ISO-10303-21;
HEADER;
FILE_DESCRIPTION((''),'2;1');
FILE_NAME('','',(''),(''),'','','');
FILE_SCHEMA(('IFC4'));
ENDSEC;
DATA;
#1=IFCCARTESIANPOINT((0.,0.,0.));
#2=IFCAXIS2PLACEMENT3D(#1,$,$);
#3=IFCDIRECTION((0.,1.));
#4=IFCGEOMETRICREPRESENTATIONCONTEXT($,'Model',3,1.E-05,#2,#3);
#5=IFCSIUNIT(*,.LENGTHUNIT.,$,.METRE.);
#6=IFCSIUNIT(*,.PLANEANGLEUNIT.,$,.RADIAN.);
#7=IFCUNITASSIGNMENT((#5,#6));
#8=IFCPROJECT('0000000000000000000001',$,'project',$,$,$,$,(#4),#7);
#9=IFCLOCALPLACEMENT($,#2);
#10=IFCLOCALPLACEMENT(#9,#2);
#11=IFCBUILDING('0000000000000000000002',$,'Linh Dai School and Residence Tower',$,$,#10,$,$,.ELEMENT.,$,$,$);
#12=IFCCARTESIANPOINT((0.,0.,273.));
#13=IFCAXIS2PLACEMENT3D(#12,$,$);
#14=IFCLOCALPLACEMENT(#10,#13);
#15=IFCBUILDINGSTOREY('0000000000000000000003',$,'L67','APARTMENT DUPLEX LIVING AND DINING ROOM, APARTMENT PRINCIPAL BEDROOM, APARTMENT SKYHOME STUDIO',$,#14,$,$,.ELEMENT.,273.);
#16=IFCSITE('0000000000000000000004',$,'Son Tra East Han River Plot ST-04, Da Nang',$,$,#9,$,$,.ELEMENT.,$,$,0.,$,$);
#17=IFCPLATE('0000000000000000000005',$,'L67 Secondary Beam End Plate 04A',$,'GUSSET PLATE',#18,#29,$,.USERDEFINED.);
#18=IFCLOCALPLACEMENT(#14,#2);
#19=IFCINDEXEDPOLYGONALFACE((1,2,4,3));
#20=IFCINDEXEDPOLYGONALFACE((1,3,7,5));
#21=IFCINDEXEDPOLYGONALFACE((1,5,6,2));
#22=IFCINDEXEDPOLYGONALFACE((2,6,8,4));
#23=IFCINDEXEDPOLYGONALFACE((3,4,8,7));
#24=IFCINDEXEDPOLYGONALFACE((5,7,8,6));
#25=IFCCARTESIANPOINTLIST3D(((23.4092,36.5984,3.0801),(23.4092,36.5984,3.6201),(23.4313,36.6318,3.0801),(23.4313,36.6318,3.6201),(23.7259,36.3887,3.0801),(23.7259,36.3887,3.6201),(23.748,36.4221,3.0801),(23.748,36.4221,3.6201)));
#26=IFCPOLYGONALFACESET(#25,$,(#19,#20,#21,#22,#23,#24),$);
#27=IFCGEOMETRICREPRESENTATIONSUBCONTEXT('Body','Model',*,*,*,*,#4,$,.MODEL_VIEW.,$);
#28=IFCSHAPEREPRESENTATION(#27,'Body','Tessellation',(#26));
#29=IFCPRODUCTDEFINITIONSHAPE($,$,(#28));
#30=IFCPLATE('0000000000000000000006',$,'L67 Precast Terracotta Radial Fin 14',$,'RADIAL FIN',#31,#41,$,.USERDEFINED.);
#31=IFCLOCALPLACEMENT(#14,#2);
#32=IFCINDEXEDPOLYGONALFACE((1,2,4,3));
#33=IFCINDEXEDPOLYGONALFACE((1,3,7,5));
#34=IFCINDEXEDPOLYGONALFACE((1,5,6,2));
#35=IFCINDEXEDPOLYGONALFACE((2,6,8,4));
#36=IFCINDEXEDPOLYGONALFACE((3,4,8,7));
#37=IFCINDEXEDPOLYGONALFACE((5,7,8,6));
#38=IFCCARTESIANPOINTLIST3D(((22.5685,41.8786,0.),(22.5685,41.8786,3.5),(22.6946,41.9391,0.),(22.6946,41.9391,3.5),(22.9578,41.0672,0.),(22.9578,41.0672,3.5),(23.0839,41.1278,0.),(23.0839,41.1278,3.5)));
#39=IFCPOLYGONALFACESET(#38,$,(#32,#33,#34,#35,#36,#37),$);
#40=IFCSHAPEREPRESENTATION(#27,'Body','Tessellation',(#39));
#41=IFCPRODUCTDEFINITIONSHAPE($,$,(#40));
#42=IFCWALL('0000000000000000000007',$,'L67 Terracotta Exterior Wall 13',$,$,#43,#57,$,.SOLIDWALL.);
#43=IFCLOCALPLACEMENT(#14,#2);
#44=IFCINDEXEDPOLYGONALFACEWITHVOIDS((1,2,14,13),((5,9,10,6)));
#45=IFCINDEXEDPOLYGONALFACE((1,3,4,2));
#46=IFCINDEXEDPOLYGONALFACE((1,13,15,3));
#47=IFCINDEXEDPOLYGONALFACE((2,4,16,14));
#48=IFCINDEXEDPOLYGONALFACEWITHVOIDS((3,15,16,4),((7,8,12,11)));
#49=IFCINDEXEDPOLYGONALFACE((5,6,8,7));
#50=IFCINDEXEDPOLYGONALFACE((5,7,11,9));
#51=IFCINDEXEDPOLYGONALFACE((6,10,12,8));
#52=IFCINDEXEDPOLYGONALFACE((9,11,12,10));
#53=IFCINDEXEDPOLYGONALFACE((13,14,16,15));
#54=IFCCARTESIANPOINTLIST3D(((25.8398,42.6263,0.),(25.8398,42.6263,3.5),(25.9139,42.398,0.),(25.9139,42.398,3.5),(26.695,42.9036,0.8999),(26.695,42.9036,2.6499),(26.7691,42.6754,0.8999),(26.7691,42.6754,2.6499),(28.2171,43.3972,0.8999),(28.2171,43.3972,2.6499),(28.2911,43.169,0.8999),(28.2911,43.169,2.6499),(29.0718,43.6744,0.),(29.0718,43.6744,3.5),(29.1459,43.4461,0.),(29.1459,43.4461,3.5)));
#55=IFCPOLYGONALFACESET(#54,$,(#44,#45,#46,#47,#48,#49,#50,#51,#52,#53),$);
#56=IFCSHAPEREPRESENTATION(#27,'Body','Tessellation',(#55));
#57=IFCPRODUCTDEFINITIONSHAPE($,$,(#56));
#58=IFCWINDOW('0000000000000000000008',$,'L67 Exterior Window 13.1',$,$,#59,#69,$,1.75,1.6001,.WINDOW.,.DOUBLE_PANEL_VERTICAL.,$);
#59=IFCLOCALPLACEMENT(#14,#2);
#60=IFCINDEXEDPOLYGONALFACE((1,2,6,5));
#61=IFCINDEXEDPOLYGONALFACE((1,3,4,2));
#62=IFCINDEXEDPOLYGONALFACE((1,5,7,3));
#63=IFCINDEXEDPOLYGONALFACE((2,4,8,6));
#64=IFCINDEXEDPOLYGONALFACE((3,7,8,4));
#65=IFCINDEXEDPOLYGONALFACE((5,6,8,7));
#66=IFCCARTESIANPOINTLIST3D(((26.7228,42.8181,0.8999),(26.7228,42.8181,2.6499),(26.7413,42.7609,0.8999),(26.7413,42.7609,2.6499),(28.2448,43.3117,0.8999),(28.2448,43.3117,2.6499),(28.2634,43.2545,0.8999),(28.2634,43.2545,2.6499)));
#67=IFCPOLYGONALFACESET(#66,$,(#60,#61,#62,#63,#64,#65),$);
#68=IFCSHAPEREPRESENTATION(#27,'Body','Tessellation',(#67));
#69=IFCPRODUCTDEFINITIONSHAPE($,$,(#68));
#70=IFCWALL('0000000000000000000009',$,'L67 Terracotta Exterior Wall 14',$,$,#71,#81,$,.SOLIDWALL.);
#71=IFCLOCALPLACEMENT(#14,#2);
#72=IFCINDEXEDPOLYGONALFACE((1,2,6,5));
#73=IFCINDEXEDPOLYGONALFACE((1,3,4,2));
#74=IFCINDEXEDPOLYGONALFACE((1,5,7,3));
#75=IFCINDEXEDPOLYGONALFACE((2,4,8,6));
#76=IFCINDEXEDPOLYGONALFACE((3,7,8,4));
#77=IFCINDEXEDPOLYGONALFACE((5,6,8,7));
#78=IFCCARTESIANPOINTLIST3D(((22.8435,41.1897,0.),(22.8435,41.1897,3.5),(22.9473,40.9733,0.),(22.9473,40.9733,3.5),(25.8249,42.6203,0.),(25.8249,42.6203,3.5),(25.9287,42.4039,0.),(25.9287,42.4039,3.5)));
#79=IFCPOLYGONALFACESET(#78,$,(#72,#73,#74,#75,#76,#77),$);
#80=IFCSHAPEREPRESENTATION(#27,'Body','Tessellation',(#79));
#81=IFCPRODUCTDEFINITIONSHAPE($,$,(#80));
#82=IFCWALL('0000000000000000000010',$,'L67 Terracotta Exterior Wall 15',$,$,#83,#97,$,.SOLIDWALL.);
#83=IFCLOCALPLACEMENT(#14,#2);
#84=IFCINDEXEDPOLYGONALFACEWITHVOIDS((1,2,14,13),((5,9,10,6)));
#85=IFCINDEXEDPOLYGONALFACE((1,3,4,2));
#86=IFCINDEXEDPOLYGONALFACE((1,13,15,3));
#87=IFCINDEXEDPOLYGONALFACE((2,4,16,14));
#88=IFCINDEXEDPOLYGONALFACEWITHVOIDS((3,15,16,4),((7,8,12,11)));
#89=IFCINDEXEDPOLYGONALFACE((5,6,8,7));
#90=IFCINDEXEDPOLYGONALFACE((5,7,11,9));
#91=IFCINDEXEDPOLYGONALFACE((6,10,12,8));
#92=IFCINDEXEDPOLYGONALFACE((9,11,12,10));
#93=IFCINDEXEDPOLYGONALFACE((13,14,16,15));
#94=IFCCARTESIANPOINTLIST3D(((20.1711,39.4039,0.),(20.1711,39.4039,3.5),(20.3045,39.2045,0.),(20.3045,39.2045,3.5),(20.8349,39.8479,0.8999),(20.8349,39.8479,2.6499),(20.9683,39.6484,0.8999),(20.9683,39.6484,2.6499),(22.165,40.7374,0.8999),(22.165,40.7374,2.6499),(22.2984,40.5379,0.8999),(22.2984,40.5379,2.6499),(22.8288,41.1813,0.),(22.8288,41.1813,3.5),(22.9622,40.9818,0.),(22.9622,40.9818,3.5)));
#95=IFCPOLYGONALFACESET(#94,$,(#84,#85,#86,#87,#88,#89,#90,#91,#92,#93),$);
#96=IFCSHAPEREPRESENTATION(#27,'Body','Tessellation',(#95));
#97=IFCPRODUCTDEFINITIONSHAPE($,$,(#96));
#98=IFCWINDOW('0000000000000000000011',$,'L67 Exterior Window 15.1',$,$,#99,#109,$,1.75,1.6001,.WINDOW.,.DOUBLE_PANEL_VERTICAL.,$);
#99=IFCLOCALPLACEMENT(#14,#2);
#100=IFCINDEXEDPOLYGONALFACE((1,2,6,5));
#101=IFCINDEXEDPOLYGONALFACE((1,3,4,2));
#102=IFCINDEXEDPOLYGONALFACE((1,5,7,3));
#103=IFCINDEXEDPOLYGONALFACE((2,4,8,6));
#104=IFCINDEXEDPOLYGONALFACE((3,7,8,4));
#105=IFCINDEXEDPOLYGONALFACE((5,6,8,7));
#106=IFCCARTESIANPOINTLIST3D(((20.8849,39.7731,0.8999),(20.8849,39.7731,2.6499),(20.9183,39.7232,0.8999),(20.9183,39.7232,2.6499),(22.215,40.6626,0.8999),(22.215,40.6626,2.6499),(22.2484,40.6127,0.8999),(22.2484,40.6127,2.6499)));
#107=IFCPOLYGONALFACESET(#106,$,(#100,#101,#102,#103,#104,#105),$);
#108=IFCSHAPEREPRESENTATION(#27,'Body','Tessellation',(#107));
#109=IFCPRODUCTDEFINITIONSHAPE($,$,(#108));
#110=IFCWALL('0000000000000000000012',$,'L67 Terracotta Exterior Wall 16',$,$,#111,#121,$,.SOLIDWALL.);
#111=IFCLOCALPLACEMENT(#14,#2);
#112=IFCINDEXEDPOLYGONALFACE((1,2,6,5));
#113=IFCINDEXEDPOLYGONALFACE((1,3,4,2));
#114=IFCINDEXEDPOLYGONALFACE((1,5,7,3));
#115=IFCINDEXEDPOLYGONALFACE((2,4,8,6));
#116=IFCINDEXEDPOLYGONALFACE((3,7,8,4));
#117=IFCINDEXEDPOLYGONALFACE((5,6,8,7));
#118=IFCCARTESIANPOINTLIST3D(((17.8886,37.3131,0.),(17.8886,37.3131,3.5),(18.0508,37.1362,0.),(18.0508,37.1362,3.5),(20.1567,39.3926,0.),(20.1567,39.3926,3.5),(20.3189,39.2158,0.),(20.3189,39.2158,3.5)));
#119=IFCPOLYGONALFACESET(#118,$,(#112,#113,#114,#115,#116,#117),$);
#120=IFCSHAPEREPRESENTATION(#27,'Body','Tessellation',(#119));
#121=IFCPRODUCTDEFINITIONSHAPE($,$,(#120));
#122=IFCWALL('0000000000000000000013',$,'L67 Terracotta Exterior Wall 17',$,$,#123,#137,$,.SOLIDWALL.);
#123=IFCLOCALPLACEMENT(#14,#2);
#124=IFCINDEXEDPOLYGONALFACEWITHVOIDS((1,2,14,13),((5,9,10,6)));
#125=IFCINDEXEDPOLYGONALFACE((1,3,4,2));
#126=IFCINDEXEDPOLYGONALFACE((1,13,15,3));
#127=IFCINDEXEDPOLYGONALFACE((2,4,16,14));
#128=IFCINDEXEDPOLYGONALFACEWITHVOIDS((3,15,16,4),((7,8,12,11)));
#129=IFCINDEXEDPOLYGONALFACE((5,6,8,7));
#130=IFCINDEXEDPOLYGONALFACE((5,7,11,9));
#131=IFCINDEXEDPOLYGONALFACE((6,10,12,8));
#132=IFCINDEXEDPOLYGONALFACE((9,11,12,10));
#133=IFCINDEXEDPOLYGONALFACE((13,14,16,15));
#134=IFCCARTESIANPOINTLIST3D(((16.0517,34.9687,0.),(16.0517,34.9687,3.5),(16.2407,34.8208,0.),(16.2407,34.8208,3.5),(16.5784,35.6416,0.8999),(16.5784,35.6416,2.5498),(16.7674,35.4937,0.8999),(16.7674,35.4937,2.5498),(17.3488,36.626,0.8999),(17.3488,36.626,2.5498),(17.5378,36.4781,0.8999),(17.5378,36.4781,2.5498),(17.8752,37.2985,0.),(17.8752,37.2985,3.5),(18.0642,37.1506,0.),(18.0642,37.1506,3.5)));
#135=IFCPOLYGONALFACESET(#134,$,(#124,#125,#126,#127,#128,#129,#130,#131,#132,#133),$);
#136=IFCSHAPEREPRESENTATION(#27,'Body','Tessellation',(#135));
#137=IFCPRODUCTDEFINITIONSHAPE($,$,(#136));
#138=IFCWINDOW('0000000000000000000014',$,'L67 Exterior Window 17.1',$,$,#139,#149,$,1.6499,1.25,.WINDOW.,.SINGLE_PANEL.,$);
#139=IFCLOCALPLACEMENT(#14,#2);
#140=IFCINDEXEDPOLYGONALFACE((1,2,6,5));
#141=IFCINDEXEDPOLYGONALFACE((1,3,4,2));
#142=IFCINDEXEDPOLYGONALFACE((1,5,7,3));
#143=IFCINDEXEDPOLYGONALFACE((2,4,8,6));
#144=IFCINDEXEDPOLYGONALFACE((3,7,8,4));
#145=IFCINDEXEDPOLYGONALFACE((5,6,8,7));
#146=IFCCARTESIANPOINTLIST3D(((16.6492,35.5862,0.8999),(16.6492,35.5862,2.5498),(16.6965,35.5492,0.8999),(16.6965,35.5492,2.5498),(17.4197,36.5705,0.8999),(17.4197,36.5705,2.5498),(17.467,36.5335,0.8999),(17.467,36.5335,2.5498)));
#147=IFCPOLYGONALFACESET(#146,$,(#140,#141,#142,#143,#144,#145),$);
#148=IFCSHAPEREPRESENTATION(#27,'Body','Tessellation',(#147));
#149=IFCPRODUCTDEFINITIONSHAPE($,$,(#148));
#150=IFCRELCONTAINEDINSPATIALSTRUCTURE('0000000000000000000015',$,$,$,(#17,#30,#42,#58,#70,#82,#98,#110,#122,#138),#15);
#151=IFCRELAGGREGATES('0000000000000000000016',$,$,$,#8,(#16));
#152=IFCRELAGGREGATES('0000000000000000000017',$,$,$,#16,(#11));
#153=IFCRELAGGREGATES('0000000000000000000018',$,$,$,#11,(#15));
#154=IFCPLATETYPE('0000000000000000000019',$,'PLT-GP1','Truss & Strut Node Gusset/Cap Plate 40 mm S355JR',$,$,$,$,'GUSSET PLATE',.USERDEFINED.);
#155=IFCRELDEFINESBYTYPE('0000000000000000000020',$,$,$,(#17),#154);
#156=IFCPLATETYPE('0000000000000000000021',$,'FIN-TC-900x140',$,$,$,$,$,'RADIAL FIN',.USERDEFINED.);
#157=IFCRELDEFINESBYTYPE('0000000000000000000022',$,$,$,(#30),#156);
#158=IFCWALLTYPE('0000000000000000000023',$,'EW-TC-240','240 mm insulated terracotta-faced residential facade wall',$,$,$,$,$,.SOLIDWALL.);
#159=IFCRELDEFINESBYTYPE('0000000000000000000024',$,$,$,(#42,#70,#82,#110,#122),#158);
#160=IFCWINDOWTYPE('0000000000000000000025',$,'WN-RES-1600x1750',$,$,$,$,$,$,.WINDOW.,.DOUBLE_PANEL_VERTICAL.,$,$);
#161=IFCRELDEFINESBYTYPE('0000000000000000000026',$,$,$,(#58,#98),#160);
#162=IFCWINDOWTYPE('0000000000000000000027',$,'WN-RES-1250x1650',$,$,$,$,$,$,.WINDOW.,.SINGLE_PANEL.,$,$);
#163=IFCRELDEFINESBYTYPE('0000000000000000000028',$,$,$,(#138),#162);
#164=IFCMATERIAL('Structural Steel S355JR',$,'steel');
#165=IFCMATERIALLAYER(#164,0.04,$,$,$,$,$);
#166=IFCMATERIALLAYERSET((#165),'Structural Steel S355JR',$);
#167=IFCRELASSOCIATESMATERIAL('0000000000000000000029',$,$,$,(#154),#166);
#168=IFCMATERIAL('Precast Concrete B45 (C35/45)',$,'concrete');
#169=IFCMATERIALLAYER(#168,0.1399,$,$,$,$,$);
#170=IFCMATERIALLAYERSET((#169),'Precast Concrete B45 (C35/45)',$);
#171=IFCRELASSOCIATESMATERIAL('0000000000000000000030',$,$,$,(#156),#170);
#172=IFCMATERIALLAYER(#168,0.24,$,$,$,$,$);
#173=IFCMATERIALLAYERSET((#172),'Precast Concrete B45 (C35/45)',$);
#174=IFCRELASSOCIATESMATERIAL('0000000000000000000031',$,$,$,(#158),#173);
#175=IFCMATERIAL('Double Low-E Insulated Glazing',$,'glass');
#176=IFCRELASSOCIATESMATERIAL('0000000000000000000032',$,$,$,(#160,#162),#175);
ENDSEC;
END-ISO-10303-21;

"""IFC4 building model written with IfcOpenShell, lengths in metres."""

from ifc_helpers import new_model, si_unit, direction, frame, frame_2d, origin, origin_2d, place, context, subcontext, project, spatial, rectangle, extrude, source, transform, mapped, material, layer, layer_set, type_object, element, fill, save


model = new_model("IFC4")

# Units and contexts
model_context = context("Model", 3, precision=1e-05, world=origin(), true_north=direction((0.0, 1.0)))
body_context = subcontext(model_context, "Body", "Model", "MODEL_VIEW")
ifc_project = project(units=[si_unit("LENGTHUNIT", "METRE"), si_unit("PLANEANGLEUNIT", "RADIAN")], contexts=[model_context])

# Site, building, storey
site_placement = place(None, origin())
site = spatial("IfcSite", under=ifc_project, at=site_placement, Name="Son Tra East Han River Plot ST-04, Da Nang", CompositionType="ELEMENT", RefElevation=0.0)
building_placement = place(site_placement, origin())
building = spatial("IfcBuilding", under=site, at=building_placement, Name="Linh Dai School and Residence Tower", CompositionType="ELEMENT")
storey_placement = place(building_placement, frame((0.0, 0.0, 273.0)))
storey = spatial("IfcBuildingStorey", under=building, at=storey_placement, Name="L67", Description="APARTMENT DUPLEX LIVING AND DINING ROOM, APARTMENT PRINCIPAL BEDROOM, APARTMENT SKYHOME STUDIO", CompositionType="ELEMENT", Elevation=273.0)

# Shared definitions
ifc_material_1 = material(Name="Structural Steel S355JR", Category="steel")

# Plates
ifc_layer_1 = layer(ifc_material_1, 0.04)
ifc_layer_set_1 = layer_set([ifc_layer_1], Name="Structural Steel S355JR")
plate_type_1 = type_object("IfcPlateType", Name="PLT-GP1", Description="Truss & Strut Node Gusset/Cap Plate 40 mm S355JR", ElementType="GUSSET PLATE", PredefinedType="USERDEFINED", material=ifc_layer_set_1)
shared_shape_1 = source(origin(), body_context, "Body", "SweptSolid", [
    extrude(rectangle(XDim=0.04, YDim=0.3799, at=origin_2d()), origin(), (0.0, 0.0, 1.0), 0.54),
])
plate_1_placement = place(storey_placement, frame((23.5786, 36.5103, 3.0801), z_axis=(0.0, 0.0, 1.0), x_axis=(-0.552122, -0.833763, 0.0)))
element("IfcPlate", 1, at=plate_1_placement, inside=storey, type_object=plate_type_1, Name="L67 Secondary Beam End Plate 04A", ObjectType="GUSSET PLATE", PredefinedType="USERDEFINED", context=body_context, shape_type="MappedRepresentation", body=[
    mapped(shared_shape_1, transform((0.0, 0.0, 0.0), x_axis=(1.0, 0.0, 0.0), y_axis=(0.0, 1.0, 0.0), z_axis=(0.0, 0.0, 1.0), scale=1.0)),
])
ifc_material_2 = material(Name="Precast Concrete B45 (C35/45)", Category="concrete")
ifc_layer_2 = layer(ifc_material_2, 0.1399)
ifc_layer_set_2 = layer_set([ifc_layer_2], Name="Precast Concrete B45 (C35/45)")
plate_type_2 = type_object("IfcPlateType", Name="FIN-TC-900x140", ElementType="RADIAL FIN", PredefinedType="USERDEFINED", material=ifc_layer_set_2)
shared_shape_2 = source(origin(), body_context, "Body", "SweptSolid", [
    extrude(rectangle(XDim=0.8999, YDim=0.1399, at=origin_2d()), origin(), (0.0, 0.0, 1.0), 3.5),
])
plate_2_placement = place(storey_placement, frame((22.8262, 41.5032, 0.0), z_axis=(0.0, 0.0, 1.0), x_axis=(-0.432612, 0.90158, 0.0)))
element("IfcPlate", 2, at=plate_2_placement, inside=storey, type_object=plate_type_2, Name="L67 Precast Terracotta Radial Fin 14", ObjectType="RADIAL FIN", PredefinedType="USERDEFINED", context=body_context, shape_type="MappedRepresentation", body=[
    mapped(shared_shape_2, transform((0.0, 0.0, 0.0), x_axis=(1.0, 0.0, 0.0), y_axis=(0.0, 1.0, 0.0), z_axis=(0.0, 0.0, 1.0), scale=1.0)),
])

# Wall, opening, window
ifc_layer_3 = layer(ifc_material_2, 0.24)
ifc_layer_set_3 = layer_set([ifc_layer_3], Name="Precast Concrete B45 (C35/45)")
wall_type_1 = type_object("IfcWallType", Name="EW-TC-240", Description="240 mm insulated terracotta-faced residential facade wall", PredefinedType="SOLIDWALL", material=ifc_layer_set_3)
wall_1_placement = place(storey_placement, frame((25.877, 42.5122, 0.0), z_axis=(0.0, 0.0, 1.0), x_axis=(0.951231, 0.308478, 0.0)))
wall_1 = element("IfcWall", 3, at=wall_1_placement, inside=storey, type_object=wall_type_1, Name="L67 Terracotta Exterior Wall 13", PredefinedType="SOLIDWALL", context=body_context, shape_type="SweptSolid", body=[
    extrude(rectangle(XDim=3.3977, YDim=0.24, at=frame_2d((1.6987, 0.0))), origin(), (0.0, 0.0, 1.0), 3.5),
])
opening_1_placement = place(wall_1_placement, frame((0.8989, 0.0, 0.8999)))
opening_1 = element("IfcOpeningElement", 4, at=opening_1_placement, cuts=wall_1, PredefinedType="OPENING", context=body_context, shape_type="SweptSolid", body=[
    extrude(rectangle(XDim=1.6001, YDim=1.75, at=origin_2d()), frame((0.8, 0.1299, 0.875), z_axis=(0.0, -1.0, 0.0), x_axis=(1.0, 0.0, 0.0)), (0.0, 0.0, 1.0), 0.26),
])
ifc_material_3 = material(Name="Double Low-E Insulated Glazing", Category="glass")
window_type_1 = type_object("IfcWindowType", Name="WN-RES-1600x1750", PartitioningType="DOUBLE_PANEL_VERTICAL", PredefinedType="WINDOW", material=ifc_material_3)
shared_shape_3 = source(origin(), body_context, "Body", "SweptSolid", [
    extrude(rectangle(XDim=1.6001, YDim=1.75, at=origin_2d()), frame((0.8, 0.03, 0.875), z_axis=(0.0, -1.0, 0.0), x_axis=(1.0, 0.0, 0.0)), (0.0, 0.0, 1.0), 0.0601),
])
window_1_placement = place(opening_1_placement, origin())
window_1 = element("IfcWindow", 5, at=window_1_placement, inside=storey, type_object=window_type_1, Name="L67 Exterior Window 13.1", OverallHeight=1.75, OverallWidth=1.6001, PartitioningType="DOUBLE_PANEL_VERTICAL", PredefinedType="WINDOW", context=body_context, shape_type="MappedRepresentation", body=[
    mapped(shared_shape_3, transform((0.0, 0.0, 0.0), x_axis=(1.0, 0.0, 0.0), y_axis=(0.0, 1.0, 0.0), z_axis=(0.0, 0.0, 1.0), scale=1.0)),
])
fill(opening_1, window_1)

# Wall
wall_2_placement = place(storey_placement, frame((22.8955, 41.0815, 0.0), z_axis=(0.0, 0.0, 1.0), x_axis=(0.901574, 0.432625, 0.0)))
element("IfcWall", 6, at=wall_2_placement, inside=storey, type_object=wall_type_1, Name="L67 Terracotta Exterior Wall 14", PredefinedType="SOLIDWALL", context=body_context, shape_type="SweptSolid", body=[
    extrude(rectangle(XDim=3.3069, YDim=0.24, at=frame_2d((1.6533, 0.0))), origin(), (0.0, 0.0, 1.0), 3.5),
])

# Wall, opening, window
wall_3_placement = place(storey_placement, frame((20.2378, 39.3042, 0.0), z_axis=(0.0, 0.0, 1.0), x_axis=(0.831251, 0.555898, 0.0)))
wall_3 = element("IfcWall", 7, at=wall_3_placement, inside=storey, type_object=wall_type_1, Name="L67 Terracotta Exterior Wall 15", PredefinedType="SOLIDWALL", context=body_context, shape_type="SweptSolid", body=[
    extrude(rectangle(XDim=3.1973, YDim=0.24, at=frame_2d((1.5986, 0.0))), origin(), (0.0, 0.0, 1.0), 3.5),
])
opening_2_placement = place(wall_3_placement, frame((0.7986, 0.0, 0.8999)))
opening_2 = element("IfcOpeningElement", 8, at=opening_2_placement, cuts=wall_3, PredefinedType="OPENING", context=body_context, shape_type="SweptSolid", body=[
    extrude(rectangle(XDim=1.6001, YDim=1.75, at=origin_2d()), frame((0.8, 0.1299, 0.875), z_axis=(0.0, -1.0, 0.0), x_axis=(1.0, 0.0, 0.0)), (0.0, 0.0, 1.0), 0.26),
])
window_2_placement = place(opening_2_placement, origin())
window_2 = element("IfcWindow", 9, at=window_2_placement, inside=storey, type_object=window_type_1, Name="L67 Exterior Window 15.1", OverallHeight=1.75, OverallWidth=1.6001, PartitioningType="DOUBLE_PANEL_VERTICAL", PredefinedType="WINDOW", context=body_context, shape_type="MappedRepresentation", body=[
    mapped(shared_shape_3, transform((0.0, 0.0, 0.0), x_axis=(1.0, 0.0, 0.0), y_axis=(0.0, 1.0, 0.0), z_axis=(0.0, 0.0, 1.0), scale=1.0)),
])
fill(opening_2, window_2)

# Wall
wall_4_placement = place(storey_placement, frame((17.9697, 37.2246, 0.0), z_axis=(0.0, 0.0, 1.0), x_axis=(0.737069, 0.675818, 0.0)))
element("IfcWall", 10, at=wall_4_placement, inside=storey, type_object=wall_type_1, Name="L67 Terracotta Exterior Wall 16", PredefinedType="SOLIDWALL", context=body_context, shape_type="SweptSolid", body=[
    extrude(rectangle(XDim=3.0771, YDim=0.24, at=frame_2d((1.5386, 0.0))), origin(), (0.0, 0.0, 1.0), 3.5),
])

# Wall, opening, window
wall_5_placement = place(storey_placement, frame((16.1462, 34.8948, 0.0), z_axis=(0.0, 0.0, 1.0), x_axis=(0.616337, 0.787482, 0.0)))
wall_5 = element("IfcWall", 11, at=wall_5_placement, inside=storey, type_object=wall_type_1, Name="L67 Terracotta Exterior Wall 17", PredefinedType="SOLIDWALL", context=body_context, shape_type="SweptSolid", body=[
    extrude(rectangle(XDim=2.9585, YDim=0.24, at=frame_2d((1.4792, 0.0))), origin(), (0.0, 0.0, 1.0), 3.5),
])
opening_3_placement = place(wall_5_placement, frame((0.8545, 0.0, 0.8999)))
opening_3 = element("IfcOpeningElement", 12, at=opening_3_placement, cuts=wall_5, PredefinedType="OPENING", context=body_context, shape_type="SweptSolid", body=[
    extrude(rectangle(XDim=1.25, YDim=1.6499, at=origin_2d()), frame((0.625, 0.1299, 0.825), z_axis=(0.0, -1.0, 0.0), x_axis=(1.0, 0.0, 0.0)), (0.0, 0.0, 1.0), 0.26),
])
window_type_2 = type_object("IfcWindowType", Name="WN-RES-1250x1650", PartitioningType="SINGLE_PANEL", PredefinedType="WINDOW", material=ifc_material_3)
shared_shape_4 = source(origin(), body_context, "Body", "SweptSolid", [
    extrude(rectangle(XDim=1.25, YDim=1.6499, at=origin_2d()), frame((0.625, 0.03, 0.825), z_axis=(0.0, -1.0, 0.0), x_axis=(1.0, 0.0, 0.0)), (0.0, 0.0, 1.0), 0.0601),
])
window_3_placement = place(opening_3_placement, origin())
window_3 = element("IfcWindow", 13, at=window_3_placement, inside=storey, type_object=window_type_2, Name="L67 Exterior Window 17.1", OverallHeight=1.6499, OverallWidth=1.25, PartitioningType="SINGLE_PANEL", PredefinedType="WINDOW", context=body_context, shape_type="MappedRepresentation", body=[
    mapped(shared_shape_4, transform((0.0, 0.0, 0.0), x_axis=(1.0, 0.0, 0.0), y_axis=(0.0, 1.0, 0.0), z_axis=(0.0, 0.0, 1.0), scale=1.0)),
])
fill(opening_3, window_3)

save(model, "model.ifc")
